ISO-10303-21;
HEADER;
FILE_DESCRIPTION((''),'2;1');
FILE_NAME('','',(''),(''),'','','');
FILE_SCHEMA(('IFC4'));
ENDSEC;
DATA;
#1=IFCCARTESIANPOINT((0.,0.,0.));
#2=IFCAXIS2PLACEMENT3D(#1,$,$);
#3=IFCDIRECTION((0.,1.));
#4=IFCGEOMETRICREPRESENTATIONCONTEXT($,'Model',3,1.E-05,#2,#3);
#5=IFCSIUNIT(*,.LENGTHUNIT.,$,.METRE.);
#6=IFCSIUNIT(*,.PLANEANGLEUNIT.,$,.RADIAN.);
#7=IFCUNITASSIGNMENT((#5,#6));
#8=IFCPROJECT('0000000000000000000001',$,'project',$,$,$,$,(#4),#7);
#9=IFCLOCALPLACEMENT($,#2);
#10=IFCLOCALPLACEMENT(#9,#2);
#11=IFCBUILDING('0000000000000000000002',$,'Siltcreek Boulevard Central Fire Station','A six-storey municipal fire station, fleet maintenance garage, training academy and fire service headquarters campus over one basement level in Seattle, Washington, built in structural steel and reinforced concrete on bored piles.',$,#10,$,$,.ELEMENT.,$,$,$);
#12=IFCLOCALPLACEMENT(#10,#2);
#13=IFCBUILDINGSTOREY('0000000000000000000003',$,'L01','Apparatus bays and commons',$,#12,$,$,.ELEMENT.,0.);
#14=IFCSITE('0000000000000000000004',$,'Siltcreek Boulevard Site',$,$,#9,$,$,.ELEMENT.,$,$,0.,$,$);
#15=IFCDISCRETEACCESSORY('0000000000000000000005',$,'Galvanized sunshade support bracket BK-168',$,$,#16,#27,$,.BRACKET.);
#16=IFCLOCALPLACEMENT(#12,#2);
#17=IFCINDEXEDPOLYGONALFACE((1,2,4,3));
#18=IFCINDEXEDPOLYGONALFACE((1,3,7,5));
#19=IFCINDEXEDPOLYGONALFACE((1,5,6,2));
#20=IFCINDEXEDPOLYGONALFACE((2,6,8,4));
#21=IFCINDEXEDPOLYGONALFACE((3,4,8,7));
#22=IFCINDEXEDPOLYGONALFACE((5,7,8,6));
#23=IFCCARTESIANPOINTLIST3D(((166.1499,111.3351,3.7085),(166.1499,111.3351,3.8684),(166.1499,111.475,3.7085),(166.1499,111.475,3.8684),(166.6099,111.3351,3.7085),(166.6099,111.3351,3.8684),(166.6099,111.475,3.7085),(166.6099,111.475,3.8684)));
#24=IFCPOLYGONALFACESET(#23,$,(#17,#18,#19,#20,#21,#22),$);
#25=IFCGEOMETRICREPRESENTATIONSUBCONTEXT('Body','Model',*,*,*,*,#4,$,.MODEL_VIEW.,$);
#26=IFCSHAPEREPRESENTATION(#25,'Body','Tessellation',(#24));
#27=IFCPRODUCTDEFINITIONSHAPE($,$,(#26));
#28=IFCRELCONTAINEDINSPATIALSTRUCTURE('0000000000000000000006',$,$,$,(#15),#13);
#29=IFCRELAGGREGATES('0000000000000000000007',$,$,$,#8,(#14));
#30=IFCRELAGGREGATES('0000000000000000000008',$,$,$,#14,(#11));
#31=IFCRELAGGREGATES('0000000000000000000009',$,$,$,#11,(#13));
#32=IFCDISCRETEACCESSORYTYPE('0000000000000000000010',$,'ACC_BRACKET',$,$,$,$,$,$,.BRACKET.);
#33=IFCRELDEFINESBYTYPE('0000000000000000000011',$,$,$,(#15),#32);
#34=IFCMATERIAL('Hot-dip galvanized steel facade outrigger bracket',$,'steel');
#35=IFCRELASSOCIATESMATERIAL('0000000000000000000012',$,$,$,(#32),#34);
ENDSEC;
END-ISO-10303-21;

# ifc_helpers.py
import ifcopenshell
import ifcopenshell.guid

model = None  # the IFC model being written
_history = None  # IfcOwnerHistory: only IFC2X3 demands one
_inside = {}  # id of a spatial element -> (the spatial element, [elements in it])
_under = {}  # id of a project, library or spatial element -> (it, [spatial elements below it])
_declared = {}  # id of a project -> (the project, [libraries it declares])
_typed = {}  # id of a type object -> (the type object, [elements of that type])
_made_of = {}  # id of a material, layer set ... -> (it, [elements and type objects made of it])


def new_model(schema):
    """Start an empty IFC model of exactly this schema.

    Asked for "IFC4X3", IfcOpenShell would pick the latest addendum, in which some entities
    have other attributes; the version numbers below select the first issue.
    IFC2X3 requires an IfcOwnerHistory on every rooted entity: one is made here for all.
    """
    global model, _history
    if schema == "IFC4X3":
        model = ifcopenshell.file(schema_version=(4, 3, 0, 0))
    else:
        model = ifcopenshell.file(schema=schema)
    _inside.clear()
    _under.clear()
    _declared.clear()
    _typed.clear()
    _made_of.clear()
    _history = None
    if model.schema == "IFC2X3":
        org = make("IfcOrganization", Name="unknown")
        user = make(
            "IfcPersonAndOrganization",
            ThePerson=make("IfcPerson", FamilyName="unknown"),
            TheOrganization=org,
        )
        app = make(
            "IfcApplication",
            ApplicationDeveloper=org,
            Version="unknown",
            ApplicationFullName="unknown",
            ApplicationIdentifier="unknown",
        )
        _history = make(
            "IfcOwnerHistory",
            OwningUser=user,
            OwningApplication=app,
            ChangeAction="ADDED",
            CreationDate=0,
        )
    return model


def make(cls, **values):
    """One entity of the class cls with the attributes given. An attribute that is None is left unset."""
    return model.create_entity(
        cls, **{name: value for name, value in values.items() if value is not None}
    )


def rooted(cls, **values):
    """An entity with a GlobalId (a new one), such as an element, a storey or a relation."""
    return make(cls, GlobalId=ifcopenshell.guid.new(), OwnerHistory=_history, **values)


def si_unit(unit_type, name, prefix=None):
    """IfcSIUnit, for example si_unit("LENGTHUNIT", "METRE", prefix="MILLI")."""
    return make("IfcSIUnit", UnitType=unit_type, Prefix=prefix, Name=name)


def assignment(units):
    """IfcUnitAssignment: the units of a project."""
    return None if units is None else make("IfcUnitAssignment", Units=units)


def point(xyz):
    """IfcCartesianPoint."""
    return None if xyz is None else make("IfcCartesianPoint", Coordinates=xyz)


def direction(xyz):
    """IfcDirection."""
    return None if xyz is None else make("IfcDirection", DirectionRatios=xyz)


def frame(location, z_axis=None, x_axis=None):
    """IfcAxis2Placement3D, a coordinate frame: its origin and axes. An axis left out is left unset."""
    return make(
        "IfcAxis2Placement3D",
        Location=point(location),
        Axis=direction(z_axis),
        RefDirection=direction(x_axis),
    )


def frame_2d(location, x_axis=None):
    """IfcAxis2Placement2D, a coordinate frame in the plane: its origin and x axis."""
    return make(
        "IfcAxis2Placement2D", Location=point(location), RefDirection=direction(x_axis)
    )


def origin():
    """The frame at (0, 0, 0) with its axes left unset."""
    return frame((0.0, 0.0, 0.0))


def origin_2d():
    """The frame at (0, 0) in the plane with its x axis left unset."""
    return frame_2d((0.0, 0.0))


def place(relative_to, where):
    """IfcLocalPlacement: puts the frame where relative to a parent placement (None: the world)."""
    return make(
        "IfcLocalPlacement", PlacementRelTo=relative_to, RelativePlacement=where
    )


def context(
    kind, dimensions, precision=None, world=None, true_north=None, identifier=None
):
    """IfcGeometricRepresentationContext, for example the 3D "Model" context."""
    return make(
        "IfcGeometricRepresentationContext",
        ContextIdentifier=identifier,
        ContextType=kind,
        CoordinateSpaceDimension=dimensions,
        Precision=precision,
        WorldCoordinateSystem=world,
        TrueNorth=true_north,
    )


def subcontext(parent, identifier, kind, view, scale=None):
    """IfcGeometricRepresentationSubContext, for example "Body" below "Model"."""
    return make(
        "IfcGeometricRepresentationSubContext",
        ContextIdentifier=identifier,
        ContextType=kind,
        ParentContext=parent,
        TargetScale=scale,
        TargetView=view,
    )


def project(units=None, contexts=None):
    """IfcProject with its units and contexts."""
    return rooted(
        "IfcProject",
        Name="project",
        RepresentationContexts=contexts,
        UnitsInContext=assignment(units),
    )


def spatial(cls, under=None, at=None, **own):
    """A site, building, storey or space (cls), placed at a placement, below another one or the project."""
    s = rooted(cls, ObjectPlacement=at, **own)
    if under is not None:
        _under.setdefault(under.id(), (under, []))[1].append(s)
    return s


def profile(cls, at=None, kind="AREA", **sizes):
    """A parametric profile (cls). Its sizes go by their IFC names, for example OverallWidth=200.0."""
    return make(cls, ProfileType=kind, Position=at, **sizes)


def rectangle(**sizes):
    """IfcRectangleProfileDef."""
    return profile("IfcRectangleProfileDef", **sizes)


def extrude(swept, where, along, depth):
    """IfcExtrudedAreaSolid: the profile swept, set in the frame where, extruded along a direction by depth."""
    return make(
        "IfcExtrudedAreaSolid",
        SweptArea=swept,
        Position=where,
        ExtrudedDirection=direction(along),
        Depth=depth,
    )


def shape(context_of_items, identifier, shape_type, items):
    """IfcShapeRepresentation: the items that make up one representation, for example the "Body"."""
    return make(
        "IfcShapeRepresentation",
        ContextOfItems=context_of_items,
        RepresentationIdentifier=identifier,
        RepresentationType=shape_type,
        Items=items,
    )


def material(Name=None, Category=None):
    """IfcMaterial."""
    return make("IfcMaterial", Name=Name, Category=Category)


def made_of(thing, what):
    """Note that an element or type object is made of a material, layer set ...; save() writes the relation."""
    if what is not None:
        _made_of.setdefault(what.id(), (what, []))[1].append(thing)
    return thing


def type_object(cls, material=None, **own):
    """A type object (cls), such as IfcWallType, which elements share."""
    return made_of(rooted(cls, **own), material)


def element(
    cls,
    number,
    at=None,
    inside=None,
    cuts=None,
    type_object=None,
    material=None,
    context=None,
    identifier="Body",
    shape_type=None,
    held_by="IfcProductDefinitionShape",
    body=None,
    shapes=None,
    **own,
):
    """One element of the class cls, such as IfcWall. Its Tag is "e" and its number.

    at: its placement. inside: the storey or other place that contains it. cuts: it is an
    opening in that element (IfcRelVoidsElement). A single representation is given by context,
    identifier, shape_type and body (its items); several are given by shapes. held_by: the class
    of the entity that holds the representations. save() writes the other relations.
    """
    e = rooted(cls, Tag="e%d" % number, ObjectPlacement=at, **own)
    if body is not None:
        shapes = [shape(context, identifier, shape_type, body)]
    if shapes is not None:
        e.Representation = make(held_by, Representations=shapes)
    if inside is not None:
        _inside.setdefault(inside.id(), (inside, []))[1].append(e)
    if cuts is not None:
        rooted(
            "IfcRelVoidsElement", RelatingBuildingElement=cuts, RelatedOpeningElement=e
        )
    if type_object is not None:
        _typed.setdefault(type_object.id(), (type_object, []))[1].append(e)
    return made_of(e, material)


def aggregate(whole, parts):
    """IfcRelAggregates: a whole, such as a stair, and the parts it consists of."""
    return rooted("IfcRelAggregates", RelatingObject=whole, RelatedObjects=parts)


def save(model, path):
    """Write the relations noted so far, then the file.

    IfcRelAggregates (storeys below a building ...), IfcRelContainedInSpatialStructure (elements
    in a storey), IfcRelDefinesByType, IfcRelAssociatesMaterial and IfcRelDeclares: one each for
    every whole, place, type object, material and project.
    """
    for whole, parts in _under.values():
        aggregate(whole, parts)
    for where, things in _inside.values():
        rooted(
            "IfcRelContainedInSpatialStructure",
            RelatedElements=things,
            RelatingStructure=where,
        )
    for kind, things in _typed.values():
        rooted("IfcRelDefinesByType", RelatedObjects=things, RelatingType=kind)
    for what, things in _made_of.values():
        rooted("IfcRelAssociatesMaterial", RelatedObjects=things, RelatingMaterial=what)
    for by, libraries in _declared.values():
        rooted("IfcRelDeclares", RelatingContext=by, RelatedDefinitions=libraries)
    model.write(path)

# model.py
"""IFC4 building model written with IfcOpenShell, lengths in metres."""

from ifc_helpers import new_model, si_unit, direction, frame, origin, origin_2d, place, context, subcontext, project, spatial, rectangle, extrude, material, type_object, element, save


model = new_model("IFC4")

# Units and contexts
model_context = context("Model", 3, precision=1e-05, world=origin(), true_north=direction((0.0, 1.0)))
body_context = subcontext(model_context, "Body", "Model", "MODEL_VIEW")
ifc_project = project(units=[si_unit("LENGTHUNIT", "METRE"), si_unit("PLANEANGLEUNIT", "RADIAN")], contexts=[model_context])

# Site, building, storey
site_placement = place(None, origin())
site = spatial("IfcSite", under=ifc_project, at=site_placement, Name="Siltcreek Boulevard Site", CompositionType="ELEMENT", RefElevation=0.0)
building_placement = place(site_placement, origin())
building = spatial("IfcBuilding", under=site, at=building_placement, Name="Siltcreek Boulevard Central Fire Station", Description="A six-storey municipal fire station, fleet maintenance garage, training academy and fire service headquarters campus over one basement level in Seattle, Washington, built in structural steel and reinforced concrete on bored piles.", CompositionType="ELEMENT")
storey_placement = place(building_placement, origin())
storey = spatial("IfcBuildingStorey", under=building, at=storey_placement, Name="L01", Description="Apparatus bays and commons", CompositionType="ELEMENT", Elevation=0.0)

# Discrete accessory
ifc_material_1 = material(Name="Hot-dip galvanized steel facade outrigger bracket", Category="steel")
discrete_accessory_type = type_object("IfcDiscreteAccessoryType", Name="ACC_BRACKET", PredefinedType="BRACKET", material=ifc_material_1)
for number, where, z_axis, x_axis, name in (
    (1, (166.3799, 111.405, 3.7085), (0.0, 0.0, 1.0), (0.0, 1.0, 0.0), "Galvanized sunshade support bracket BK-168"),
):
    element("IfcDiscreteAccessory", number, at=place(storey_placement, frame(where, z_axis=z_axis, x_axis=x_axis)), inside=storey, type_object=discrete_accessory_type, Name=name, PredefinedType="BRACKET", context=body_context, shape_type="SweptSolid", body=[
        extrude(rectangle(XDim=0.1399, YDim=0.46, at=origin_2d()), origin(), (0.0, 0.0, 1.0), 0.1599),
    ])

save(model, "model.ifc")
